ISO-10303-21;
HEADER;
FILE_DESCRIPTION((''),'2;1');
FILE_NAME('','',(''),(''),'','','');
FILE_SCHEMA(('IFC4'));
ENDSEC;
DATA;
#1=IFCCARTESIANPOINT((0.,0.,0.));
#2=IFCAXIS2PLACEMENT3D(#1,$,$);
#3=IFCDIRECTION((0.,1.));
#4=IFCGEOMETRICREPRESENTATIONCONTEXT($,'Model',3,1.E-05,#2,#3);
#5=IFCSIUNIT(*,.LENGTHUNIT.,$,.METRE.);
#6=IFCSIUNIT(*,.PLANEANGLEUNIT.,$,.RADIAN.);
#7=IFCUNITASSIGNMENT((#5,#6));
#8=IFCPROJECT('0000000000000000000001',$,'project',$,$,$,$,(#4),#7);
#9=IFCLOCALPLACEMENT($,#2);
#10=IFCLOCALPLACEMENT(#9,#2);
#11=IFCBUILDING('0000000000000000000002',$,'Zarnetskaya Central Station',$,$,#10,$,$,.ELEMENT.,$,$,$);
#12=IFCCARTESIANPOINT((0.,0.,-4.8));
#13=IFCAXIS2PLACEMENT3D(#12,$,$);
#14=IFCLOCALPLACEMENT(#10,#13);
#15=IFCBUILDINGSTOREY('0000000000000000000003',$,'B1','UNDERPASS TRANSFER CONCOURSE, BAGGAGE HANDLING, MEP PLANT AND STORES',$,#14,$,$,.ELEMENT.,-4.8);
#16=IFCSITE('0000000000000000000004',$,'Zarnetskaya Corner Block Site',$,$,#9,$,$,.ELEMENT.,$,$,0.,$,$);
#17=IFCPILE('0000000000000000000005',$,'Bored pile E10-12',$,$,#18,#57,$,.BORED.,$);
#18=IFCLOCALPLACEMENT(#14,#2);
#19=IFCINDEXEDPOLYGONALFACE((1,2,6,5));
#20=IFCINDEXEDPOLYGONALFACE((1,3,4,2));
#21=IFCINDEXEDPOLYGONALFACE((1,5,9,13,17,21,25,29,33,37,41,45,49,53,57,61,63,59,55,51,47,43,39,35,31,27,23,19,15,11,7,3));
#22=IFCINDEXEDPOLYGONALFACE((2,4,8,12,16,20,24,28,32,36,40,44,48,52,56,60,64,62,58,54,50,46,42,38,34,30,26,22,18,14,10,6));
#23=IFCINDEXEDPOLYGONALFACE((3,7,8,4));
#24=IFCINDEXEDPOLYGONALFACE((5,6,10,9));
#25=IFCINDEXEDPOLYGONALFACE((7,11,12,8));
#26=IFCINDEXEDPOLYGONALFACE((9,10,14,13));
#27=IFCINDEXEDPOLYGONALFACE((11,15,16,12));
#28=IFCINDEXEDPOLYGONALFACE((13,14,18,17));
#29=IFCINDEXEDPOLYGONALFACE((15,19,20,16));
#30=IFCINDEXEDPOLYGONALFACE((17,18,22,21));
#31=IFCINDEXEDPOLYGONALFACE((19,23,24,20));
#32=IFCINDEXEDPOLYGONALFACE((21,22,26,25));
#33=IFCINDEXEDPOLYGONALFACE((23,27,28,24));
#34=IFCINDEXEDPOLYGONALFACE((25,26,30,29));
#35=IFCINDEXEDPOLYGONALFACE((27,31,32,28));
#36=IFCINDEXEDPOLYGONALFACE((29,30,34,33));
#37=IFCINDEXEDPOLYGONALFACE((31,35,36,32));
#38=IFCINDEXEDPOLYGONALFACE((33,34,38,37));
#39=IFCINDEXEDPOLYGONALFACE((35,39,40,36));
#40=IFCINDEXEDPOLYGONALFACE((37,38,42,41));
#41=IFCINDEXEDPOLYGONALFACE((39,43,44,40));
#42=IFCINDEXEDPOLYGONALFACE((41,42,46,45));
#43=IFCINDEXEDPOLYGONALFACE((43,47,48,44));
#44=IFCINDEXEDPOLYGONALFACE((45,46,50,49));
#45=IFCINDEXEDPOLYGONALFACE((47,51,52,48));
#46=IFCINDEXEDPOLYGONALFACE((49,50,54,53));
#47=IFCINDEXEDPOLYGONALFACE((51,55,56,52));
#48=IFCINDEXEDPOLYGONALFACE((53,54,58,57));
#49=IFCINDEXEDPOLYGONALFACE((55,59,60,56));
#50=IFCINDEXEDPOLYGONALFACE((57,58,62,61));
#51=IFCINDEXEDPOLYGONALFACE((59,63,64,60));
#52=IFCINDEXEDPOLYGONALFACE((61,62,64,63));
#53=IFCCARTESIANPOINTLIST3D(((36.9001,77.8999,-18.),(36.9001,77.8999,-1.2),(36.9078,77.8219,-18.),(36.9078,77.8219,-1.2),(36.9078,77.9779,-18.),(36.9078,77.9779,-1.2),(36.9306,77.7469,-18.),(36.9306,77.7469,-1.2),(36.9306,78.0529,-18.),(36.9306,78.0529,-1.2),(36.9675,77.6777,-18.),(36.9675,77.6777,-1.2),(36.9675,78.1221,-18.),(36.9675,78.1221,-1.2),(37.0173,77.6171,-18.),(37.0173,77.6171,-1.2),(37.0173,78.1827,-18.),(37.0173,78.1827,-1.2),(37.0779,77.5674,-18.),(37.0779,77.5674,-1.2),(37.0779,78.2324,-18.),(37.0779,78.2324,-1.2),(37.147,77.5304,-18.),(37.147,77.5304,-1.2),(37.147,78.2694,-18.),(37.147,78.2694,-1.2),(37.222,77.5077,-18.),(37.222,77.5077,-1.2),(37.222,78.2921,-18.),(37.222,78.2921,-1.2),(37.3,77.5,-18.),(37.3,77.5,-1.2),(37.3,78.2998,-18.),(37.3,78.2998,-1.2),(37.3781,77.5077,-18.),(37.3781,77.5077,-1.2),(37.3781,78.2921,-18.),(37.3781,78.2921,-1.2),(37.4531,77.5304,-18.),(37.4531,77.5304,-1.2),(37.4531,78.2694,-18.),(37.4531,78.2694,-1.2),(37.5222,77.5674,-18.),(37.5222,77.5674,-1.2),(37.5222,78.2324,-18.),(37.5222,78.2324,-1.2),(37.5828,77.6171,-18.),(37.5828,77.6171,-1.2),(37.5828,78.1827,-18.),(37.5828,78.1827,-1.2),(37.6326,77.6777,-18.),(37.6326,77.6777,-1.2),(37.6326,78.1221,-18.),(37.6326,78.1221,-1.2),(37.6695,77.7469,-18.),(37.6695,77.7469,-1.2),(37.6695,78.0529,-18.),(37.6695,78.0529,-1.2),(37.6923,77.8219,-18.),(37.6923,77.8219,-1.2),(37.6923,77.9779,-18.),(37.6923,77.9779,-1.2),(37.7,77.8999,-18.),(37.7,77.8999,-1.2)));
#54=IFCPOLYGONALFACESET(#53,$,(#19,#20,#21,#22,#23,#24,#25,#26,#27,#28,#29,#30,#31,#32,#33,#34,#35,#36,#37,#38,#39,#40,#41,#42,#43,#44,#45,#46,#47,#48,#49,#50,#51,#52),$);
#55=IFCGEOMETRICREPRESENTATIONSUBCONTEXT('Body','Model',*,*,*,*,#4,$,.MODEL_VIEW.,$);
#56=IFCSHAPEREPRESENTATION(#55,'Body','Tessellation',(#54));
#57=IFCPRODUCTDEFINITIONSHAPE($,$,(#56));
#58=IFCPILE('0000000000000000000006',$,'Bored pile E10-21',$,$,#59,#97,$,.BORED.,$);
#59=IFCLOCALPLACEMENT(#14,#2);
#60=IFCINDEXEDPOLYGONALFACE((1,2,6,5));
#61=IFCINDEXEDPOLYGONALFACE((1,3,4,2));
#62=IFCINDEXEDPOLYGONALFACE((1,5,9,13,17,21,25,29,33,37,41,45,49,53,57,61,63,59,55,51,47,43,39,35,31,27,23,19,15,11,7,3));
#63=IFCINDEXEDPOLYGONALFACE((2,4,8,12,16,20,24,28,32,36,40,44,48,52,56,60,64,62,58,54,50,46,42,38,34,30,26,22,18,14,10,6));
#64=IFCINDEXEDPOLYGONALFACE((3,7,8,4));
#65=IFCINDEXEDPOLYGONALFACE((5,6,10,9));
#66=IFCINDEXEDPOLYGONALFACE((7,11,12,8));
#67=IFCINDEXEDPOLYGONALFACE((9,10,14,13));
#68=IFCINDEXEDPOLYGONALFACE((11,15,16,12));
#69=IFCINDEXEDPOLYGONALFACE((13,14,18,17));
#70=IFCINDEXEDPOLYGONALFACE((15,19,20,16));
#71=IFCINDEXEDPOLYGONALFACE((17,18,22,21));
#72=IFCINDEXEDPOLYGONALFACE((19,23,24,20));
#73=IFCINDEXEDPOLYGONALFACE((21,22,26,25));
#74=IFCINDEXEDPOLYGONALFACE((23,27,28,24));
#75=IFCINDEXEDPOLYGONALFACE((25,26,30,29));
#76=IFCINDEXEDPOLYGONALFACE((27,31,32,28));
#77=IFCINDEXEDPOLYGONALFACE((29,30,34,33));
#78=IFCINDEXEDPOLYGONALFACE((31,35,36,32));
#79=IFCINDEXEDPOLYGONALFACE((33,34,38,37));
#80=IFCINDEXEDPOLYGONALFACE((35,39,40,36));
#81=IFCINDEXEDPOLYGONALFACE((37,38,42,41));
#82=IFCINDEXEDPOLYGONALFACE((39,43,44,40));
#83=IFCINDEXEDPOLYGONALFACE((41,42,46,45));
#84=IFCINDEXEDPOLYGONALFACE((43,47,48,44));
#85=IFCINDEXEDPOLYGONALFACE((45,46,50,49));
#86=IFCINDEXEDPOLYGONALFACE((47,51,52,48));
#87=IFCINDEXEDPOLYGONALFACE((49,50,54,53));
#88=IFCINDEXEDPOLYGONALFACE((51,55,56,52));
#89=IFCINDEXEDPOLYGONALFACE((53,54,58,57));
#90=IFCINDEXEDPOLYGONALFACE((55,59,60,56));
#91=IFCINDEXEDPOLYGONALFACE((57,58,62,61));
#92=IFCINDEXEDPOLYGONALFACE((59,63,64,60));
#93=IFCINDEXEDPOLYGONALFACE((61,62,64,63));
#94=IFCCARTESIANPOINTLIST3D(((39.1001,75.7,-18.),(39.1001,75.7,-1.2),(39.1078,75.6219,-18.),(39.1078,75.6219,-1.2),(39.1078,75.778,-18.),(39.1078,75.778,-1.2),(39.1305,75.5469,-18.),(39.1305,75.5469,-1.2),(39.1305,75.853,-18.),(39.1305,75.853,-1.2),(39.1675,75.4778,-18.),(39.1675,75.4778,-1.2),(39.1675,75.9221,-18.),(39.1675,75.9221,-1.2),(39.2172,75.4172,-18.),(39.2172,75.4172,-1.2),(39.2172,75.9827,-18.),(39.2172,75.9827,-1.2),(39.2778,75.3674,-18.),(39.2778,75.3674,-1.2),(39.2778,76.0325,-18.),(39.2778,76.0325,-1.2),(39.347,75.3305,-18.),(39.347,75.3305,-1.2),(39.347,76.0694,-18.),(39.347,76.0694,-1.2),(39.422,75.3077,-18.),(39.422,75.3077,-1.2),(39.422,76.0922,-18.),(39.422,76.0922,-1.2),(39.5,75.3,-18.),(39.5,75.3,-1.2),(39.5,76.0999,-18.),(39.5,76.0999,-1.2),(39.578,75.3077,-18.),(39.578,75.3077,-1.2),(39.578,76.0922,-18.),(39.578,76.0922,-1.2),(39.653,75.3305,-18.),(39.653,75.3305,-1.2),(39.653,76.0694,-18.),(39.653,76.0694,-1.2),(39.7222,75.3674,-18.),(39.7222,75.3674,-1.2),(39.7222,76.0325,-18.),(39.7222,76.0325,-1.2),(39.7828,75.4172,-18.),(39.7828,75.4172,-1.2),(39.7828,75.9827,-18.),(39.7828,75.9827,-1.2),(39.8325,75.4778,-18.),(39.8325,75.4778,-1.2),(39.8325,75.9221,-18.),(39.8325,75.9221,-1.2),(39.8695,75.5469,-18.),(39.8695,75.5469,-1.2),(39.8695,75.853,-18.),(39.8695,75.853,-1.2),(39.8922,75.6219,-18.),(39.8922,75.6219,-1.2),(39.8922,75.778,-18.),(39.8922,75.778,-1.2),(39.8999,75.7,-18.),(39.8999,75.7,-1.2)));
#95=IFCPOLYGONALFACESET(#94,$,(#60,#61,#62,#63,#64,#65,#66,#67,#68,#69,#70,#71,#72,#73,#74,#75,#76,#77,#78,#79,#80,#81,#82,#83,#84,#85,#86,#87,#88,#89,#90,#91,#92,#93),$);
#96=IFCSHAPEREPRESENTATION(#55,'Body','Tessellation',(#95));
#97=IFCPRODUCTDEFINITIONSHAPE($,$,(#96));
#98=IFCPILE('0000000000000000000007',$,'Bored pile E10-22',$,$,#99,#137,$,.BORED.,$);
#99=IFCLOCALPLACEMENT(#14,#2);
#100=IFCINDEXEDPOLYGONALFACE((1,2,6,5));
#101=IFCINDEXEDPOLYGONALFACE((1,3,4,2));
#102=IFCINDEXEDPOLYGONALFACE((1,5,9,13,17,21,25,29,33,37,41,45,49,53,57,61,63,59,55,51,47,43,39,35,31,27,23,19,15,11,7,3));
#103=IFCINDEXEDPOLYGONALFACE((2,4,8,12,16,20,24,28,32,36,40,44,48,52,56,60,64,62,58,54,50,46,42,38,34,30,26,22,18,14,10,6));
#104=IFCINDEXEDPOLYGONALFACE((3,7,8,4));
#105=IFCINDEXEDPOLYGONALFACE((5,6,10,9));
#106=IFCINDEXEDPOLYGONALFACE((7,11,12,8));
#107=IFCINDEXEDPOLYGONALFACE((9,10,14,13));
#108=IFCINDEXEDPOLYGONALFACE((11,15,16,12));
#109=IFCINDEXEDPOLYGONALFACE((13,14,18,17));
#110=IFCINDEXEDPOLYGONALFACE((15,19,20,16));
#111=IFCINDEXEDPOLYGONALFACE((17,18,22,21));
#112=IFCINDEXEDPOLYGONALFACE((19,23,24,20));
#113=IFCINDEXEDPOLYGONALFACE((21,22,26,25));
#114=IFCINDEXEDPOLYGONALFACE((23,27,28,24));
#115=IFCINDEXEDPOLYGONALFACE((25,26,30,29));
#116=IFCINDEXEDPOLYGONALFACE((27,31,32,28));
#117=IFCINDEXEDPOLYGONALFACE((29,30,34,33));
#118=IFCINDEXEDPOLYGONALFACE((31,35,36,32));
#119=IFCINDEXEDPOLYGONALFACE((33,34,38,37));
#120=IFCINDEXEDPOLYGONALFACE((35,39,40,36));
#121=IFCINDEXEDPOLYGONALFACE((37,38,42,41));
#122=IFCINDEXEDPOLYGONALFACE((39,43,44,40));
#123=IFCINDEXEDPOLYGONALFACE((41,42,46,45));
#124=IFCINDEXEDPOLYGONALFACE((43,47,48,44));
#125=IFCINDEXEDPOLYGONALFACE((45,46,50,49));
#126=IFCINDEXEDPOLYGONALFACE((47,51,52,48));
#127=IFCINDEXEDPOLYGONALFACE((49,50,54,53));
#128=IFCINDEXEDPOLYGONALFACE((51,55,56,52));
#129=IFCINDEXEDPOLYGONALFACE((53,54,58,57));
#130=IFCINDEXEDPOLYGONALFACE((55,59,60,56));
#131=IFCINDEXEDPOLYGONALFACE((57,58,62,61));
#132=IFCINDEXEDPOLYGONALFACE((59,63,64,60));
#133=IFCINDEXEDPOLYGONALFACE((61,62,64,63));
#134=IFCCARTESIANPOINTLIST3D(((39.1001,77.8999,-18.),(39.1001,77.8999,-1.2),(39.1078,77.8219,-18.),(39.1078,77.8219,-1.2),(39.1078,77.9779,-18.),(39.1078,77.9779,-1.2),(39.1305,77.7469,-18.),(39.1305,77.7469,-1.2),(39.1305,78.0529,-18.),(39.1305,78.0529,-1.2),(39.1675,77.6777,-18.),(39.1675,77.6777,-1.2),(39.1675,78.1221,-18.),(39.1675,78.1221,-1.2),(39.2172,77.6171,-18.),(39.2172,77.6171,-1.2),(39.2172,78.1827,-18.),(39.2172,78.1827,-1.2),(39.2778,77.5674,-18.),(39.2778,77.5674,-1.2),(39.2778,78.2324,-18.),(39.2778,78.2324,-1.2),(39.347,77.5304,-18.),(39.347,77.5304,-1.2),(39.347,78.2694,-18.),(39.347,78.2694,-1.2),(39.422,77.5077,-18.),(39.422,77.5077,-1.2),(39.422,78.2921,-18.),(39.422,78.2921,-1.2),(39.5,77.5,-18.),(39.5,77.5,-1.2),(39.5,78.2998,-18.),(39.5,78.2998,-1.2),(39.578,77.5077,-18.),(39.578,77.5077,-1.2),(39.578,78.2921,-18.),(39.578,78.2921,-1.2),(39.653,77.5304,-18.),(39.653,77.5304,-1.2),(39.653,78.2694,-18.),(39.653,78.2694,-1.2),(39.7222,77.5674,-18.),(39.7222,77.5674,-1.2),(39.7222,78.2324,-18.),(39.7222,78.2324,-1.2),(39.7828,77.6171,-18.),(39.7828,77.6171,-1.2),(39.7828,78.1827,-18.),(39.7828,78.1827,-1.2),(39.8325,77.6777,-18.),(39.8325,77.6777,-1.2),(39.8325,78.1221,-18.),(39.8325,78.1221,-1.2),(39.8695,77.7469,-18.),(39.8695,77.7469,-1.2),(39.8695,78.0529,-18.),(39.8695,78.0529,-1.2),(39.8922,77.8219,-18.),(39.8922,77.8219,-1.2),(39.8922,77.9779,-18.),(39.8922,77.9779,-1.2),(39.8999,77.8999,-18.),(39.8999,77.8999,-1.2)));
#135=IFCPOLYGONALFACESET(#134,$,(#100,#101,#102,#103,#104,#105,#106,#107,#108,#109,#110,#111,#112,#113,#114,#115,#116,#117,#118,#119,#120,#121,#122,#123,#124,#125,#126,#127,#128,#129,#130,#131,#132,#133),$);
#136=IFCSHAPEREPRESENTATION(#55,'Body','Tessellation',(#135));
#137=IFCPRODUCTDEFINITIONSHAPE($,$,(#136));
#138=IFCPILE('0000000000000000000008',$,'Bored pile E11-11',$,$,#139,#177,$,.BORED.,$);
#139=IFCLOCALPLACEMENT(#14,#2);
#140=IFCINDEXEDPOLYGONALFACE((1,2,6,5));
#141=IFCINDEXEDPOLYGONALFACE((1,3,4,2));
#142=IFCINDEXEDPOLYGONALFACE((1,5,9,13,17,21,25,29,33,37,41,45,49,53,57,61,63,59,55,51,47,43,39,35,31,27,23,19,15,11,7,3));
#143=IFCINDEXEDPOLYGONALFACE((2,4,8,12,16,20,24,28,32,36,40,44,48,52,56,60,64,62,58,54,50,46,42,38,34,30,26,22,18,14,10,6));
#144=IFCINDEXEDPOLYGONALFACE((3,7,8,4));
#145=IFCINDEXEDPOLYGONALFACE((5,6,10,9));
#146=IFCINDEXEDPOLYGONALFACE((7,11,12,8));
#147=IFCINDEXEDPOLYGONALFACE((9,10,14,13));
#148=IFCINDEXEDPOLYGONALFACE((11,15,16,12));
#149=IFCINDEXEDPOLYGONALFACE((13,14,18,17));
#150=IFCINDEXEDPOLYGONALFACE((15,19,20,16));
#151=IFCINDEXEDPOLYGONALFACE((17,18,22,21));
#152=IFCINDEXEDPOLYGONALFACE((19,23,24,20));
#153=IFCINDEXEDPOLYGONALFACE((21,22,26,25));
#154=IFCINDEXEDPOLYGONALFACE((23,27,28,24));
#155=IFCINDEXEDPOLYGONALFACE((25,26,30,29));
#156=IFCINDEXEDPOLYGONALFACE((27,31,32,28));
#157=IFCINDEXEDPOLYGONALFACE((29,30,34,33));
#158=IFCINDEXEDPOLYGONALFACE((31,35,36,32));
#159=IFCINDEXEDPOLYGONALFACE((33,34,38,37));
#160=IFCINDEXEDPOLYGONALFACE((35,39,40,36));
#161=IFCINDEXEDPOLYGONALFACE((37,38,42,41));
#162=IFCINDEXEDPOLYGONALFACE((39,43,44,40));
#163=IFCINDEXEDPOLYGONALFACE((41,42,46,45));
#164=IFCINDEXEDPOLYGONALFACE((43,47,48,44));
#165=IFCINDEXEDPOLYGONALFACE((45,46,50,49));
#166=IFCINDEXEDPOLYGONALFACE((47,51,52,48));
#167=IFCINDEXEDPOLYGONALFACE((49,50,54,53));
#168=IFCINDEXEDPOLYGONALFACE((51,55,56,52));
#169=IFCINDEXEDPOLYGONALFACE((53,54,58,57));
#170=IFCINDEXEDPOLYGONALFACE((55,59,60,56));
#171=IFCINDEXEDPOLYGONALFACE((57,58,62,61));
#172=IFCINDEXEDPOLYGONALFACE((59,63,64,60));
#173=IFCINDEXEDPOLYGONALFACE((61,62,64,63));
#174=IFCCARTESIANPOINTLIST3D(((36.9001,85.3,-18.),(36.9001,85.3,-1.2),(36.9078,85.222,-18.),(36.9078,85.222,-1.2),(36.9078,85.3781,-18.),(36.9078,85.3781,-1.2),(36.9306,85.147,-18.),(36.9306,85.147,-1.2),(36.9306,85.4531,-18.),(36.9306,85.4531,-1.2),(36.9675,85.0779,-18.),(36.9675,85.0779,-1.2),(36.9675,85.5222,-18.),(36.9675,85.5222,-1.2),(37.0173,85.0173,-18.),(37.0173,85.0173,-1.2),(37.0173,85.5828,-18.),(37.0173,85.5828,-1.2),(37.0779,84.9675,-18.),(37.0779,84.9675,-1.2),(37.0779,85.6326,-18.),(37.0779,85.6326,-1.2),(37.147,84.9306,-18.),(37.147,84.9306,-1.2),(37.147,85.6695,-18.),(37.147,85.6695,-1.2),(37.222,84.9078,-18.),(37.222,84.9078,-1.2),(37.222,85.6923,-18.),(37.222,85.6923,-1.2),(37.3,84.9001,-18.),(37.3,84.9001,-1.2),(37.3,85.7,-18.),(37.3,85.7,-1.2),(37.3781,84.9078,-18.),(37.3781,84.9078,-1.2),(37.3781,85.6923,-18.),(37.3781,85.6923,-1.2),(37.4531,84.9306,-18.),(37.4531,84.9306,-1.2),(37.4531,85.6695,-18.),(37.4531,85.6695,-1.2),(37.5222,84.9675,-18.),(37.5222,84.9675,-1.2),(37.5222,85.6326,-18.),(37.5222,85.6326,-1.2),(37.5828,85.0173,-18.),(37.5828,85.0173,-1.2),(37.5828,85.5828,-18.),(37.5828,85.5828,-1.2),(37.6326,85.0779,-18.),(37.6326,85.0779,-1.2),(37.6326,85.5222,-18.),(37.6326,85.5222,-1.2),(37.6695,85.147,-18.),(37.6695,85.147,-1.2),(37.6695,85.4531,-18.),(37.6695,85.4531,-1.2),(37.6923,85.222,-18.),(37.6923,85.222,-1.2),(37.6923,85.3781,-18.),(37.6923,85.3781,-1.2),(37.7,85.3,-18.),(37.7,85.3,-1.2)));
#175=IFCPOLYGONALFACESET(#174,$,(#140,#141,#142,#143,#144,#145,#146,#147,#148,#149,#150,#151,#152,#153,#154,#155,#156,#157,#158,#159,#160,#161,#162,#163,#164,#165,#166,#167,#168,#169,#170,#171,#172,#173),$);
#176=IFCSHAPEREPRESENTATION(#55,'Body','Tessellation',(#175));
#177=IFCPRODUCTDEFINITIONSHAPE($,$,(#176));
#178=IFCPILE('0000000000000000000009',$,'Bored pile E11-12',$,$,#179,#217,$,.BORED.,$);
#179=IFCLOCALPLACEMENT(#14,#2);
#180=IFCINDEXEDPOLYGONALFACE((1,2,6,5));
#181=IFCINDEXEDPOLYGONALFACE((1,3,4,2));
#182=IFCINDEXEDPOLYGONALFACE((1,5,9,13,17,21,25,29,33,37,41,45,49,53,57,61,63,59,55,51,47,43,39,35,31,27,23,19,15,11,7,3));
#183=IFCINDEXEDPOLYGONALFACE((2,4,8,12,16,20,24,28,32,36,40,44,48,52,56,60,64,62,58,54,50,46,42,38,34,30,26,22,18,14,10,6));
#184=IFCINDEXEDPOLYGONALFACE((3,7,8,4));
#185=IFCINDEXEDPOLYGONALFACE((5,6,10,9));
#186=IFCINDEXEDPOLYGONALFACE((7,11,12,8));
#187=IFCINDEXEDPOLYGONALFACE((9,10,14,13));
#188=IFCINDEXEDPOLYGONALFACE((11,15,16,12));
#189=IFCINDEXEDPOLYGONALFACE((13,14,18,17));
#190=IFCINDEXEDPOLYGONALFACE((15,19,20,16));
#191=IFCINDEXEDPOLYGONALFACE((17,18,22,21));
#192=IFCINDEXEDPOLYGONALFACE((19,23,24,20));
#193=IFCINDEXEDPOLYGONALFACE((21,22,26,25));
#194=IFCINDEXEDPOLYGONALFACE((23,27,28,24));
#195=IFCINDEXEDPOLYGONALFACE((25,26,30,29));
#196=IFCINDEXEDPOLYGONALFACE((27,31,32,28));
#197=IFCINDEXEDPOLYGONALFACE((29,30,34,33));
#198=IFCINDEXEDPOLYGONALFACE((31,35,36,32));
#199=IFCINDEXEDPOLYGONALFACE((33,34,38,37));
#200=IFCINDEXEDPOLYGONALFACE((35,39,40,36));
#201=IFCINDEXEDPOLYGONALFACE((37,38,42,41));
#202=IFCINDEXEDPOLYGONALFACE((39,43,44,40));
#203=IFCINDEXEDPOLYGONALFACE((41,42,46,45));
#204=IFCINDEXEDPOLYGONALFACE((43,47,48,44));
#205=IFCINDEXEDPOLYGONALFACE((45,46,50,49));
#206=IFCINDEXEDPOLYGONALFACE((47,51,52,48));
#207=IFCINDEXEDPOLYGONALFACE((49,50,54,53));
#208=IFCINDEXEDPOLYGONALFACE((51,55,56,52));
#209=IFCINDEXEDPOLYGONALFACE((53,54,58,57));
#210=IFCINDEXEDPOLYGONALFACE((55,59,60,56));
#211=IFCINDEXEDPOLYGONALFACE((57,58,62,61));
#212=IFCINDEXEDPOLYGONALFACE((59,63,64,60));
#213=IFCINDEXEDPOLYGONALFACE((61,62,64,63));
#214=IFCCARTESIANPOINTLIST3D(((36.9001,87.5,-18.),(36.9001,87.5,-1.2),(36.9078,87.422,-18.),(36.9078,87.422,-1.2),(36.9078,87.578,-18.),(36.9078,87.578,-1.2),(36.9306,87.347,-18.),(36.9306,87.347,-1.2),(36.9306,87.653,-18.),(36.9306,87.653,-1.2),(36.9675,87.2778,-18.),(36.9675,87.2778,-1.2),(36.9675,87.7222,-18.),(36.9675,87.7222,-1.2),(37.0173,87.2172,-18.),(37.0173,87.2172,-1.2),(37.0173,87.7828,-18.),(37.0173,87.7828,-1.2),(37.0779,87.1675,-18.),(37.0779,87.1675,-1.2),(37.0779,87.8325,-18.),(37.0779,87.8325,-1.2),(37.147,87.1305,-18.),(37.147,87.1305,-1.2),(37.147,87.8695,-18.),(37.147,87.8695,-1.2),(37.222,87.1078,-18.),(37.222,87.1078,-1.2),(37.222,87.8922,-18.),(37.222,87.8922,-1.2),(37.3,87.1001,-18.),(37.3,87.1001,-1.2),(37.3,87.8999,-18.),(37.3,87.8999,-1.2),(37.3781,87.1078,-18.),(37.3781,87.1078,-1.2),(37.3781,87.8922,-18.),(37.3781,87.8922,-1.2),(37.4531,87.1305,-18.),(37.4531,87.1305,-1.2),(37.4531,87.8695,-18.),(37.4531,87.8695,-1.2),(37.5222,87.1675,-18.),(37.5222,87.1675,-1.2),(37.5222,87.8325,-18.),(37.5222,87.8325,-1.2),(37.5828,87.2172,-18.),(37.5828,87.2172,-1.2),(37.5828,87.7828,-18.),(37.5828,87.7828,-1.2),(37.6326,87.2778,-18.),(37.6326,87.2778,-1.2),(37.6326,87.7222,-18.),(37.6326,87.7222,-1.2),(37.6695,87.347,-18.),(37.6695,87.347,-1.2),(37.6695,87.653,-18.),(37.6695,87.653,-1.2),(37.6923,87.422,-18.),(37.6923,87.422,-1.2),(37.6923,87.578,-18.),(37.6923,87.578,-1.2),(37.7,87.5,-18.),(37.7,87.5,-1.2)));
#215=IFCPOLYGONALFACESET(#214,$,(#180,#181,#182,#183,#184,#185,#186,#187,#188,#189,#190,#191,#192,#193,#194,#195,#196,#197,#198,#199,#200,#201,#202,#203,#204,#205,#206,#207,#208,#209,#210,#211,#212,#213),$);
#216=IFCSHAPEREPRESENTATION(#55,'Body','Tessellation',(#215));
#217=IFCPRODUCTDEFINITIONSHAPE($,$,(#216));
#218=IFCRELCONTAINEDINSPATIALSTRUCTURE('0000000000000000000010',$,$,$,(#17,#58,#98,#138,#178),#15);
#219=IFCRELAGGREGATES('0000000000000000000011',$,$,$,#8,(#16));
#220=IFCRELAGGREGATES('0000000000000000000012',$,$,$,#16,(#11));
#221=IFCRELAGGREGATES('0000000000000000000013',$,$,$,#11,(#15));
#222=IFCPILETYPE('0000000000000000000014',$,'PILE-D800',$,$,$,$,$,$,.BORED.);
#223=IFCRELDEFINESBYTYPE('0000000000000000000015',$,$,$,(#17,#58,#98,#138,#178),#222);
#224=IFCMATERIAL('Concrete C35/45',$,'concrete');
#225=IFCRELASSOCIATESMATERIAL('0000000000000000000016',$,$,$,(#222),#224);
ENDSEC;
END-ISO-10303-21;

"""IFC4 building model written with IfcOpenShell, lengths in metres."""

from ifc_helpers import new_model, si_unit, direction, frame, origin, origin_2d, place, context, subcontext, project, spatial, circle, extrude, material, material_profile, profile_set, type_object, element, save


model = new_model("IFC4")

# Units and contexts
model_context = context("Model", 3, precision=1e-05, world=origin(), true_north=direction((0.0, 1.0)))
body_context = subcontext(model_context, "Body", "Model", "MODEL_VIEW")
ifc_project = project(units=[si_unit("LENGTHUNIT", "METRE"), si_unit("PLANEANGLEUNIT", "RADIAN")], contexts=[model_context])

# Site, building, storey
site_placement = place(None, origin())
site = spatial("IfcSite", under=ifc_project, at=site_placement, Name="Zarnetskaya Corner Block Site", CompositionType="ELEMENT", RefElevation=0.0)
building_placement = place(site_placement, origin())
building = spatial("IfcBuilding", under=site, at=building_placement, Name="Zarnetskaya Central Station", CompositionType="ELEMENT")
storey_placement = place(building_placement, frame((0.0, 0.0, -4.8)))
storey = spatial("IfcBuildingStorey", under=building, at=storey_placement, Name="B1", Description="UNDERPASS TRANSFER CONCOURSE, BAGGAGE HANDLING, MEP PLANT AND STORES", CompositionType="ELEMENT", Elevation=-4.8)

# Shared definitions
ifc_material = material(Name="Concrete C35/45", Category="concrete")

# Piles
ifc_material_profile_1 = material_profile(ifc_material, circle(Radius=0.3999, at=origin_2d()), Name="BORED PILE D800")
ifc_profile_set_1 = profile_set([ifc_material_profile_1], Name="Concrete C35/45")
pile_type = type_object("IfcPileType", Name="PILE-D800", PredefinedType="BORED", material=ifc_profile_set_1)
for number, where, z_axis, x_axis, name in (
    (1, (37.3, 77.8999, -1.2), (0.0, 0.0, -1.0), (1.0, 0.0, 0.0), "Bored pile E10-12"),
    (2, (39.5, 75.7, -1.2), (0.0, 0.0, -1.0), (1.0, 0.0, 0.0), "Bored pile E10-21"),
    (3, (39.5, 77.8999, -1.2), (0.0, 0.0, -1.0), (1.0, 0.0, 0.0), "Bored pile E10-22"),
    (4, (37.3, 85.3, -1.2), (0.0, 0.0, -1.0), (1.0, 0.0, 0.0), "Bored pile E11-11"),
    (5, (37.3, 87.5, -1.2), (0.0, 0.0, -1.0), (1.0, 0.0, 0.0), "Bored pile E11-12"),
):
    element("IfcPile", number, at=place(storey_placement, frame(where, z_axis=z_axis, x_axis=x_axis)), inside=storey, type_object=pile_type, Name=name, PredefinedType="BORED", context=body_context, shape_type="SweptSolid", body=[
        extrude(circle(Radius=0.3999, at=origin_2d()), origin(), (0.0, 0.0, 1.0), 16.8),
    ])

save(model, "model.ifc")
